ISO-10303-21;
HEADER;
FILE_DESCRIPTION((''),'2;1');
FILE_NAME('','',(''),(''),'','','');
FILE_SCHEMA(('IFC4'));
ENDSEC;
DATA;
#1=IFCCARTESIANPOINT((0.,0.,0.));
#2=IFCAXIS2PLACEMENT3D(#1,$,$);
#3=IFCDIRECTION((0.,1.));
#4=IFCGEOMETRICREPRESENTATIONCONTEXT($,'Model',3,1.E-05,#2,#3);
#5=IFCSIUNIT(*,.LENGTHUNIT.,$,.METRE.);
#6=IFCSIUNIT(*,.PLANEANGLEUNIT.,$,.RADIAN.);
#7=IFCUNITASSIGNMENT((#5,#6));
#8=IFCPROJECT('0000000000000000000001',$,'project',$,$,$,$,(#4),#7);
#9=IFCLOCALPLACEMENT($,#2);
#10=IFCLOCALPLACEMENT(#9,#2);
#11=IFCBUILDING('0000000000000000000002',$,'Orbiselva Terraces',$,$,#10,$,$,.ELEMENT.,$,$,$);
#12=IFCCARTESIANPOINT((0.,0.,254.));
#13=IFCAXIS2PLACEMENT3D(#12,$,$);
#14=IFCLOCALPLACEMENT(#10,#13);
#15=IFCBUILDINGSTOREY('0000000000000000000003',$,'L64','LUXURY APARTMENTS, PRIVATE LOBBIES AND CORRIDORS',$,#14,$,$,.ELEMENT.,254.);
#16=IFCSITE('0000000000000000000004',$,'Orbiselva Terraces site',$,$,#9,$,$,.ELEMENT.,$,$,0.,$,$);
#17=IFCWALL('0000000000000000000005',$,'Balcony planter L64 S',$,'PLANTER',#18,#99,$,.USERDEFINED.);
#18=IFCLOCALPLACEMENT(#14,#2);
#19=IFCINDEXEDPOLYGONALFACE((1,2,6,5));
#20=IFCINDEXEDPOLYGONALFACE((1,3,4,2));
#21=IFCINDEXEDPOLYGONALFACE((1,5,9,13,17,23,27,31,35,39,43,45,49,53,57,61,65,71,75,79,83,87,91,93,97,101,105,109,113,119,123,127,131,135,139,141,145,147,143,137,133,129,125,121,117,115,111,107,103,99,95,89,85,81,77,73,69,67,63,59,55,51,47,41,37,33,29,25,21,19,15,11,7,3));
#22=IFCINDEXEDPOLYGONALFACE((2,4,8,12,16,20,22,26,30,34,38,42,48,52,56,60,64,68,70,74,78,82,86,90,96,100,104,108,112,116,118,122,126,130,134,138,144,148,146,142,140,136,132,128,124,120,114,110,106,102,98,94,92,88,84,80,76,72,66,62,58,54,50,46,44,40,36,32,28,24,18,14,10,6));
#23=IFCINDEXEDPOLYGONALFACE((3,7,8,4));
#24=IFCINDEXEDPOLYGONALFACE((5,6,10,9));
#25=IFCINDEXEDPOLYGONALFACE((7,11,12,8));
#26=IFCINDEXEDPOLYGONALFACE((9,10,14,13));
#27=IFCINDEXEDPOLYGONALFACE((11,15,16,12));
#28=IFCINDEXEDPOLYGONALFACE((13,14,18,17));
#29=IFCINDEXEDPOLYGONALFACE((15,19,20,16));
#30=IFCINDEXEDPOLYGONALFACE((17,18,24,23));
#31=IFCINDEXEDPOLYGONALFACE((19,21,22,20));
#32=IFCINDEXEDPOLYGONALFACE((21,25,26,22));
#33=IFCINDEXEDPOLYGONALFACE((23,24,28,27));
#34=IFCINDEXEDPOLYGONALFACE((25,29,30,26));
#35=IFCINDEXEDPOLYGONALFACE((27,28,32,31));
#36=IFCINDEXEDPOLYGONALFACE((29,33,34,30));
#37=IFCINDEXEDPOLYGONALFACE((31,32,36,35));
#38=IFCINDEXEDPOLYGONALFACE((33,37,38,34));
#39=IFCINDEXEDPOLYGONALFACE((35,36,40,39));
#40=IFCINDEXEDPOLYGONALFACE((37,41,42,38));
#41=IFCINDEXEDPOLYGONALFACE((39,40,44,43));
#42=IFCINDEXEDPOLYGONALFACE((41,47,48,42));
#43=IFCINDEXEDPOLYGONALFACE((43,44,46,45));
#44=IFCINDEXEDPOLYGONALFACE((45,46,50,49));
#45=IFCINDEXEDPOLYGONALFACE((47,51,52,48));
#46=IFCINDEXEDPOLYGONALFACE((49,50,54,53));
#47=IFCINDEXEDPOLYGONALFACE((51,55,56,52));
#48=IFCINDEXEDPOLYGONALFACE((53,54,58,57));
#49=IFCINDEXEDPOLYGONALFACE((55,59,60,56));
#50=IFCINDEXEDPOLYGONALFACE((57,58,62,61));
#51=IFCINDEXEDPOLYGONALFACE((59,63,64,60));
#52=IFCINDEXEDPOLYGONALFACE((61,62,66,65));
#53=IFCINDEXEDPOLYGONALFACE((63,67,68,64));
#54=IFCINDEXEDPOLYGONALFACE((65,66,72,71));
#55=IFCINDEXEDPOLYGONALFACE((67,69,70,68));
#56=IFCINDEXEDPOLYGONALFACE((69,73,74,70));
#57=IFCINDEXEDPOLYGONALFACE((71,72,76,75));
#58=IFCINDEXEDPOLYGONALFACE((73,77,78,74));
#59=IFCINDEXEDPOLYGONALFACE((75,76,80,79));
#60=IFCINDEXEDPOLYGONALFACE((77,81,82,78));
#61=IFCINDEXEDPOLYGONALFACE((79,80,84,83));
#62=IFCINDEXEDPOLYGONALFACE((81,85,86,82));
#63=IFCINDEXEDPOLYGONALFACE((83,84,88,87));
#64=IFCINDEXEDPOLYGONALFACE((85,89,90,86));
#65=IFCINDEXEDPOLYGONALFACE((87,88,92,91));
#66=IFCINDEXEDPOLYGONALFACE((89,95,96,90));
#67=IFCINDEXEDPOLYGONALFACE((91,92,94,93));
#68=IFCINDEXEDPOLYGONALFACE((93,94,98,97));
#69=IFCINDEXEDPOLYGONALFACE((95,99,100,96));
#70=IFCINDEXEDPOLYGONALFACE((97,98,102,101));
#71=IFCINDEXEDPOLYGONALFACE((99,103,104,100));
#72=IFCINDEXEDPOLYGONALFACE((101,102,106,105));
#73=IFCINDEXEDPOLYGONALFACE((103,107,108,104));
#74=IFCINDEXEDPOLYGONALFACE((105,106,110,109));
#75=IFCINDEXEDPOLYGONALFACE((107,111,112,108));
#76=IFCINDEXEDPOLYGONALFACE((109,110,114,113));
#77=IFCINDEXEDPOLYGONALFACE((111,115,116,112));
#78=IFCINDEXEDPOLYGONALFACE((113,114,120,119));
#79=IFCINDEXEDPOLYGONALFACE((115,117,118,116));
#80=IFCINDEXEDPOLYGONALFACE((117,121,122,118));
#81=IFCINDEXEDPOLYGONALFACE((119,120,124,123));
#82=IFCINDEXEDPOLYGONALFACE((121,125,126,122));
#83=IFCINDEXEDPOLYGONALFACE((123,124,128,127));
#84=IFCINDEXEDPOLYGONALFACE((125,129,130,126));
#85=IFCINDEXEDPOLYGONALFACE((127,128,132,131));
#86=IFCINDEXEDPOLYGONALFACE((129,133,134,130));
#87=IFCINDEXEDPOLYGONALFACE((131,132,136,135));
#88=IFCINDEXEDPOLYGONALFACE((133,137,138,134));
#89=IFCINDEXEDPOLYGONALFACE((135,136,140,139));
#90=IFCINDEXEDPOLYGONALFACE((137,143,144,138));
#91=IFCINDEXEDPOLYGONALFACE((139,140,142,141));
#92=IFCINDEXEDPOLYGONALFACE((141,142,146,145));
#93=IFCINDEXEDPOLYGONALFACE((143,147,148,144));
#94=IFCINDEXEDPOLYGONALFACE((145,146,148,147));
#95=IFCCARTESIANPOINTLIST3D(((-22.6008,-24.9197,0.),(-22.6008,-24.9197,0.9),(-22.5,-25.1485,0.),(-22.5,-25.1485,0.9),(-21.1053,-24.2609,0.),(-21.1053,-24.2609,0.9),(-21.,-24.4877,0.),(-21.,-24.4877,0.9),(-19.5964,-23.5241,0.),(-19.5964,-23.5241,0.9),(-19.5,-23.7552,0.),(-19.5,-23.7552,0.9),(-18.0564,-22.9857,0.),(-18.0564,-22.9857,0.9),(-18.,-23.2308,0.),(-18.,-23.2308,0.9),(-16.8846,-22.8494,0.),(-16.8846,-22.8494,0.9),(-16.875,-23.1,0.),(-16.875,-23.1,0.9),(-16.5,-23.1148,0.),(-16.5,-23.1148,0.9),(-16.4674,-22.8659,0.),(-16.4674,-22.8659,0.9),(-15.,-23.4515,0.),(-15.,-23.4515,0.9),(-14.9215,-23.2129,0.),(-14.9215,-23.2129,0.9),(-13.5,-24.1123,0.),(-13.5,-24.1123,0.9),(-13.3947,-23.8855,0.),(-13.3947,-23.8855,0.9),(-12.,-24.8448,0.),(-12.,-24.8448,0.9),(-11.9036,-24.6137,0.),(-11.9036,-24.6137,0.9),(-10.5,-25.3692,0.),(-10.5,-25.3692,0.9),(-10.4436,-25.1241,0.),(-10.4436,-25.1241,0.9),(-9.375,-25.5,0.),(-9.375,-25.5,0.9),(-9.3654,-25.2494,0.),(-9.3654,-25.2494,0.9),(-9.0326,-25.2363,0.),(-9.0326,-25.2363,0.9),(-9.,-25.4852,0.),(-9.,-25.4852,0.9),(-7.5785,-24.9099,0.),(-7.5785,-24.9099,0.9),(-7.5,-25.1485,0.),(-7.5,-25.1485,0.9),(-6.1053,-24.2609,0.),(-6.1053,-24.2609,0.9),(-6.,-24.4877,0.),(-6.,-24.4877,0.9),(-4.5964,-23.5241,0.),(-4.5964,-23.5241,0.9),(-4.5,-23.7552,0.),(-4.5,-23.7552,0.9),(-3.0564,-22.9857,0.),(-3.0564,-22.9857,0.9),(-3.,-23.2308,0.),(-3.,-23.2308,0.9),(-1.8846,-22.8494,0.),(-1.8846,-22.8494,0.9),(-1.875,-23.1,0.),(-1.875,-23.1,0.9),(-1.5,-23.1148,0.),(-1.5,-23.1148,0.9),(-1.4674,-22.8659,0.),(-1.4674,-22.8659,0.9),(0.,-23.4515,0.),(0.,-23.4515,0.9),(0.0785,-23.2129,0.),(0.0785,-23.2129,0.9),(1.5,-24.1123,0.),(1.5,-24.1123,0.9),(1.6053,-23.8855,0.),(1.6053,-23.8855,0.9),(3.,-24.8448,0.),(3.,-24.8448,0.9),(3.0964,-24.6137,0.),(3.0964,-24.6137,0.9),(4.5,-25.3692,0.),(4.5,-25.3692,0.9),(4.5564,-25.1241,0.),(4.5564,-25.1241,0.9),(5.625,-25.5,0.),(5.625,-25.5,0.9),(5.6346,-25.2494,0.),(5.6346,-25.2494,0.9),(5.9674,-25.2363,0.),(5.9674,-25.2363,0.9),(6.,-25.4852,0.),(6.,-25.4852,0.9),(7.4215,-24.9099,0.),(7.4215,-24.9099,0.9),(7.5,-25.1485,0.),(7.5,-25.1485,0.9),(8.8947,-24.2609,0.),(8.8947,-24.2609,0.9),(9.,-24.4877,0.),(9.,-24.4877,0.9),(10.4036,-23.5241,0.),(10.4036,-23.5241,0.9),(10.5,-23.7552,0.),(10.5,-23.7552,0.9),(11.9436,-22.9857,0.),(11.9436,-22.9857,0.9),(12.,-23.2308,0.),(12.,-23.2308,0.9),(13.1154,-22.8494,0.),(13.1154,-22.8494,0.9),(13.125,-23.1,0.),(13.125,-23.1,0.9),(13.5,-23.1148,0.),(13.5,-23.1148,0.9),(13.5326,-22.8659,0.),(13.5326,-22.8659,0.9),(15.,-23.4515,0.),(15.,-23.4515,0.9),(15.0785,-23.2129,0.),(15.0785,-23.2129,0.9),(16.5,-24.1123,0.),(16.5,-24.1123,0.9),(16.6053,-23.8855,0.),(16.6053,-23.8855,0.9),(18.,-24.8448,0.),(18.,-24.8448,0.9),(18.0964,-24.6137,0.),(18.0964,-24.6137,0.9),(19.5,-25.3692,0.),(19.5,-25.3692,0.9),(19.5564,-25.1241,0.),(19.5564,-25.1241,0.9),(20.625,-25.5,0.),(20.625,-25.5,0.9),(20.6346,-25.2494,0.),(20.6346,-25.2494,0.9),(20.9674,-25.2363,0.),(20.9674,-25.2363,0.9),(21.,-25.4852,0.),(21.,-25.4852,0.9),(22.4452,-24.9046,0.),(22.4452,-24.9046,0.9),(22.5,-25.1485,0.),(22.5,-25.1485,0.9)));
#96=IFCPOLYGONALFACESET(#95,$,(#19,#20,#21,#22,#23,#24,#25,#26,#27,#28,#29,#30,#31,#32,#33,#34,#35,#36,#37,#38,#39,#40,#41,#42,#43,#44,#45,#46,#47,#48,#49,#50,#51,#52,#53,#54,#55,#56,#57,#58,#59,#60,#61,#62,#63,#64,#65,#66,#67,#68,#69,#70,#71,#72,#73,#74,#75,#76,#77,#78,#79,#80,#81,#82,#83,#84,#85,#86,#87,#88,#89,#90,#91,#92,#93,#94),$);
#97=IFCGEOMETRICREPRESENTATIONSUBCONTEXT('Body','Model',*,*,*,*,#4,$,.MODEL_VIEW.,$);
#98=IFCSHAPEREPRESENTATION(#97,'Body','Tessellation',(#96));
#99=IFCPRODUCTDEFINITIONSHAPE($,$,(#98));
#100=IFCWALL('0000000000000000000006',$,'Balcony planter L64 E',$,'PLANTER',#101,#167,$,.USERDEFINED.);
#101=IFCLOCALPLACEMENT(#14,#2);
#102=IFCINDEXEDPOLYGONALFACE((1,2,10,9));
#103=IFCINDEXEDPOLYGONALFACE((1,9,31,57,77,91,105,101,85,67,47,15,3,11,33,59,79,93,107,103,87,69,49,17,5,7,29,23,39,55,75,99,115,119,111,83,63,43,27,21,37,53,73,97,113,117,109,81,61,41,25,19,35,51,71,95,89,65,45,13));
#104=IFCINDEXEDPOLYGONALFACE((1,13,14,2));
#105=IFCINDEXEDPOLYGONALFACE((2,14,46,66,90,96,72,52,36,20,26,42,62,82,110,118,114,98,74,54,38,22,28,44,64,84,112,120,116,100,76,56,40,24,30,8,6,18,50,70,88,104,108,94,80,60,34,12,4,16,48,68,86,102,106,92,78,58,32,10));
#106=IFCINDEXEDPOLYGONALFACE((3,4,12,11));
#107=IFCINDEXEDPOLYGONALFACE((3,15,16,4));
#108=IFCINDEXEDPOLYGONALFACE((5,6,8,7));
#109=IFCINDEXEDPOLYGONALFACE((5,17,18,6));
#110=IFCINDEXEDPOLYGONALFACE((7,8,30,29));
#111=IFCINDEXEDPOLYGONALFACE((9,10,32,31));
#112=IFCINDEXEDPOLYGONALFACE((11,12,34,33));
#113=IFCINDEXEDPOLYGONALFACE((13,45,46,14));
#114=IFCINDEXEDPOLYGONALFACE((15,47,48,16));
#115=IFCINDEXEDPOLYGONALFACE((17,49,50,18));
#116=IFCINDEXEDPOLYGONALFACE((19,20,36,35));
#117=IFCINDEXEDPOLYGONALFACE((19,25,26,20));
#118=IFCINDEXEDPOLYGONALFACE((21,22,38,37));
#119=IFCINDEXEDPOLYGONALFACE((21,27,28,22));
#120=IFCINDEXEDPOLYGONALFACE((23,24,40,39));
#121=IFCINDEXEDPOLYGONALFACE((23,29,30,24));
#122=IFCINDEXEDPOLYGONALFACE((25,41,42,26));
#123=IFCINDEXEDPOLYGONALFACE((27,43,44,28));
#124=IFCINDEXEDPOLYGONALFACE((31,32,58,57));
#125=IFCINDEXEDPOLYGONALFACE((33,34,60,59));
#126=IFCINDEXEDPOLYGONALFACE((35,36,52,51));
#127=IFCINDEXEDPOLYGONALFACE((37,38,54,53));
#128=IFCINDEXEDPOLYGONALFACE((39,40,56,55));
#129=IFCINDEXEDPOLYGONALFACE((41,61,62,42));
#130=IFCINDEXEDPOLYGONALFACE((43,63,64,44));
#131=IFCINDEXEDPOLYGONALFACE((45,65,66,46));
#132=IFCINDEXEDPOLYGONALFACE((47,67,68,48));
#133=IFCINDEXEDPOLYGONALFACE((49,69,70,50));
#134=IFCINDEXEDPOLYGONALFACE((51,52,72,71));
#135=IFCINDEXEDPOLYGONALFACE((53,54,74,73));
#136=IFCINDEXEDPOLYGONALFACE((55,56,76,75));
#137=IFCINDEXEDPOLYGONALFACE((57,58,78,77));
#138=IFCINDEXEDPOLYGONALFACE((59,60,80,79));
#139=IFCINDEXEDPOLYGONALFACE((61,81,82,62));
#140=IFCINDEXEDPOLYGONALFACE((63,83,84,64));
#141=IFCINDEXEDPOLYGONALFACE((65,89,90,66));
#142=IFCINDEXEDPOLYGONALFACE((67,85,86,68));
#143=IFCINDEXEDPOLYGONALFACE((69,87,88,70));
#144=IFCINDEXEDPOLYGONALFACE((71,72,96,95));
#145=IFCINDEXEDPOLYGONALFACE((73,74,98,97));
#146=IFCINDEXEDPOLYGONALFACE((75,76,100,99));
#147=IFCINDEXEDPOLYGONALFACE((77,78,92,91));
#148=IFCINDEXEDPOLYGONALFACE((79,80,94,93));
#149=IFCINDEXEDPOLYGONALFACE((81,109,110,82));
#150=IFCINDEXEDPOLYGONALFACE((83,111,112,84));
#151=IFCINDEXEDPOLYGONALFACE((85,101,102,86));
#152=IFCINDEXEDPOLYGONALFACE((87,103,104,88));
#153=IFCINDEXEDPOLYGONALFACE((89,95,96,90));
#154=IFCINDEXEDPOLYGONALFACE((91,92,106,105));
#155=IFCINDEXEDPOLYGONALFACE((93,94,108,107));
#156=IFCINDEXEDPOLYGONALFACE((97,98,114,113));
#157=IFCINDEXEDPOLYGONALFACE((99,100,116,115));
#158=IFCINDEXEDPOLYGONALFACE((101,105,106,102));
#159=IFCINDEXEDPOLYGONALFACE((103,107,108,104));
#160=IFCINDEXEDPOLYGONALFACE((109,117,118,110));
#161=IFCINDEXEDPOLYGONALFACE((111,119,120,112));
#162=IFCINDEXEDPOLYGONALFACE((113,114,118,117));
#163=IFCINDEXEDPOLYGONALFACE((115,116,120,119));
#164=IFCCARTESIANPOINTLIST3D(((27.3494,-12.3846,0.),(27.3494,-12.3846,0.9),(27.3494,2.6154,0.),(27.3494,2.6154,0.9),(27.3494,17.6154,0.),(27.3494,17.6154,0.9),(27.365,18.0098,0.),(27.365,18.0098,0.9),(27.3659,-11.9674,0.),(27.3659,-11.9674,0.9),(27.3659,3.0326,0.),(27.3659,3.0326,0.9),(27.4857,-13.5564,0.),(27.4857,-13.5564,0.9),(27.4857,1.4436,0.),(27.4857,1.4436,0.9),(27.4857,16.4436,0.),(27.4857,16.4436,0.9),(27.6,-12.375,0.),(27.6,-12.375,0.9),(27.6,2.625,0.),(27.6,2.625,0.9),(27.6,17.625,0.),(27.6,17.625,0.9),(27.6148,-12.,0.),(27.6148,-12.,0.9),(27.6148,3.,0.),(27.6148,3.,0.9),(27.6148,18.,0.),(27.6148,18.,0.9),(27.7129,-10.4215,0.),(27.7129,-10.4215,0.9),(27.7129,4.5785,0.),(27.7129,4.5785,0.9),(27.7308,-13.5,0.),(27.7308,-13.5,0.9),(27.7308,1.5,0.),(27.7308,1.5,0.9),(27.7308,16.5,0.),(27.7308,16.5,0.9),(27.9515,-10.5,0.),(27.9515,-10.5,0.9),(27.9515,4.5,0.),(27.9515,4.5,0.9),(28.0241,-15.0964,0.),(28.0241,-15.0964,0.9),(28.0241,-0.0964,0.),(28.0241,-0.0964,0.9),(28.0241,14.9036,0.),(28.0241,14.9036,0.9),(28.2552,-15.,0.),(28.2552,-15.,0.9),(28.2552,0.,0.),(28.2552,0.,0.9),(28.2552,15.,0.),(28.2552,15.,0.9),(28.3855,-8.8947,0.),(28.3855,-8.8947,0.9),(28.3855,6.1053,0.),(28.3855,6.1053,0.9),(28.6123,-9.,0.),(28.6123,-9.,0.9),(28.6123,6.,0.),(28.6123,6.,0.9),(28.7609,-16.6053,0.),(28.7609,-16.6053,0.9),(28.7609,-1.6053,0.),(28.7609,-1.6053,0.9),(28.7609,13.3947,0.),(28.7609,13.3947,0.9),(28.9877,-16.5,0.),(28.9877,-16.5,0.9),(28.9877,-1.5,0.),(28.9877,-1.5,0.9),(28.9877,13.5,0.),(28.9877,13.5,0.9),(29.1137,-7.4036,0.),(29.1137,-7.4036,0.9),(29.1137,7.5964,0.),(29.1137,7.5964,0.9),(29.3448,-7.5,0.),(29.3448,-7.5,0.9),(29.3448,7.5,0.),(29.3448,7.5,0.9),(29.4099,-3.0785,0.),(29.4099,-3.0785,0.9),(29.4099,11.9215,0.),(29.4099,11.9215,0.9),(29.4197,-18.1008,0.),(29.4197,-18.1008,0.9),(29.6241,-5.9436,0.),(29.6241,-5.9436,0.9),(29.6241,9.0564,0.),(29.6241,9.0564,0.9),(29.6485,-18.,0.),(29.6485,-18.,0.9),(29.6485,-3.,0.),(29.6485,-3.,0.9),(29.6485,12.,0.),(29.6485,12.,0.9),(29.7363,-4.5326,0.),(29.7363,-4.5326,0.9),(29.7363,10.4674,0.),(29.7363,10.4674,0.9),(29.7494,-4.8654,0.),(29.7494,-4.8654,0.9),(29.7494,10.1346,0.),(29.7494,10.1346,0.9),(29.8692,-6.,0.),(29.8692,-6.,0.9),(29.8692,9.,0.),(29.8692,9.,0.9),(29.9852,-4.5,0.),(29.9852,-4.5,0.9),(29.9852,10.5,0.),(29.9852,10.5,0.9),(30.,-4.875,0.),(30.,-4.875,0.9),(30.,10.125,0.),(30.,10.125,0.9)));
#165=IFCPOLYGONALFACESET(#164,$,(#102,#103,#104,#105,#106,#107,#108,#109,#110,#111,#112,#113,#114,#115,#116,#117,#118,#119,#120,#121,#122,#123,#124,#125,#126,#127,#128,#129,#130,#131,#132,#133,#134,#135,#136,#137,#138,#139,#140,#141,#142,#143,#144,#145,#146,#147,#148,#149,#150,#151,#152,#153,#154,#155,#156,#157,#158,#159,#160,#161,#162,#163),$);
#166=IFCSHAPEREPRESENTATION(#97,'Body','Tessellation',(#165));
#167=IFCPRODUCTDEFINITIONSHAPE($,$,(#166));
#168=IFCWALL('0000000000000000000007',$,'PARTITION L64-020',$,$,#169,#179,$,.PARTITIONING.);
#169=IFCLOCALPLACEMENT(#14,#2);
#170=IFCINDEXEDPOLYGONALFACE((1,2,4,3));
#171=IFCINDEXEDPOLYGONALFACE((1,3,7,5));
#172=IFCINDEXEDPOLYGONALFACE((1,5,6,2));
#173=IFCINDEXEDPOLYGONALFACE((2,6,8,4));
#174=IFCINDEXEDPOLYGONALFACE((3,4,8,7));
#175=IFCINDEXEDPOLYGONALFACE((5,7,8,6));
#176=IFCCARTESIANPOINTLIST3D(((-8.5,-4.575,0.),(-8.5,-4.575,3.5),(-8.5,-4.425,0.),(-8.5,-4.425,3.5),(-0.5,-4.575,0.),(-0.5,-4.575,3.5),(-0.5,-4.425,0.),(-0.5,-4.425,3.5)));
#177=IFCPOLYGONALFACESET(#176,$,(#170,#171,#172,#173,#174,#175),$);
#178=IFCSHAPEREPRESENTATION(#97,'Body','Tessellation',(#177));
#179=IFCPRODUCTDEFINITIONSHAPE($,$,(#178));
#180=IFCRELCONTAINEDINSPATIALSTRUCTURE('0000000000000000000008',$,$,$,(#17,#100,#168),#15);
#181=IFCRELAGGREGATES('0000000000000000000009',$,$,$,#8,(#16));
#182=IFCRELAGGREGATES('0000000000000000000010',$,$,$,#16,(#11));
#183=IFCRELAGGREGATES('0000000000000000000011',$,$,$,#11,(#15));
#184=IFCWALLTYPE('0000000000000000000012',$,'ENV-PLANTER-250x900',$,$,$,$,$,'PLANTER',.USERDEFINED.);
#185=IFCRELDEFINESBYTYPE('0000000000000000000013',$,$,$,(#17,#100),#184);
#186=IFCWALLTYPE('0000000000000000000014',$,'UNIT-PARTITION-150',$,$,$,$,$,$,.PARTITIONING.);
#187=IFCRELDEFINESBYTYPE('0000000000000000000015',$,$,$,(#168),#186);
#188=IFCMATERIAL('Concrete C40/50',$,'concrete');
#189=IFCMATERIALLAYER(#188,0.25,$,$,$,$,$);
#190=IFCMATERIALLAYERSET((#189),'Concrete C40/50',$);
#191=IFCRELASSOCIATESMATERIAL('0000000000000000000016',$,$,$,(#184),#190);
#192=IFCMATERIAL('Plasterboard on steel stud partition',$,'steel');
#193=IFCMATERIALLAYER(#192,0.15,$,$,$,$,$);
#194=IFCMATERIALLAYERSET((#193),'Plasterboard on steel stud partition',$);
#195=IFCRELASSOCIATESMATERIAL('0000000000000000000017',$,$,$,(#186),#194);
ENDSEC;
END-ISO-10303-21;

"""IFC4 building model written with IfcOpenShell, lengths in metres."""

from ifc_helpers import new_model, si_unit, direction, frame, frame_2d, origin, place, context, subcontext, project, spatial, polyline, rectangle, outline, extrude, material, layer, layer_set, type_object, element, save


model = new_model("IFC4")

# Units and contexts
model_context = context("Model", 3, precision=1e-05, world=origin(), true_north=direction((0.0, 1.0)))
body_context = subcontext(model_context, "Body", "Model", "MODEL_VIEW")
ifc_project = project(units=[si_unit("LENGTHUNIT", "METRE"), si_unit("PLANEANGLEUNIT", "RADIAN")], contexts=[model_context])

# Site, building, storey
site_placement = place(None, origin())
site = spatial("IfcSite", under=ifc_project, at=site_placement, Name="Orbiselva Terraces site", CompositionType="ELEMENT", RefElevation=0.0)
building_placement = place(site_placement, origin())
building = spatial("IfcBuilding", under=site, at=building_placement, Name="Orbiselva Terraces", CompositionType="ELEMENT")
storey_placement = place(building_placement, frame((0.0, 0.0, 254.0)))
storey = spatial("IfcBuildingStorey", under=building, at=storey_placement, Name="L64", Description="LUXURY APARTMENTS, PRIVATE LOBBIES AND CORRIDORS", CompositionType="ELEMENT", Elevation=254.0)

# Walls
ifc_material_1 = material(Name="Concrete C40/50", Category="concrete")
ifc_layer_1 = layer(ifc_material_1, 0.25)
ifc_layer_set_1 = layer_set([ifc_layer_1], Name="Concrete C40/50")
wall_type_1 = type_object("IfcWallType", Name="ENV-PLANTER-250x900", ElementType="PLANTER", PredefinedType="USERDEFINED", material=ifc_layer_set_1)
wall_1_placement = place(storey_placement, origin())
element("IfcWall", 1, at=wall_1_placement, inside=storey, type_object=wall_type_1, Name="Balcony planter L64 S", ObjectType="PLANTER", PredefinedType="USERDEFINED", context=body_context, shape_type="SweptSolid", body=[
    extrude(outline(polyline([(-22.5, -25.1485), (-21.0, -24.4877), (-19.5, -23.7552), (-18.0, -23.2308), (-16.875, -23.1), (-16.5, -23.1148), (-15.0, -23.4515), (-13.5, -24.1123), (-12.0, -24.8448), (-10.5, -25.3692), (-9.375, -25.5), (-9.0, -25.4852), (-7.5, -25.1485), (-6.0, -24.4877), (-4.5, -23.7552), (-3.0, -23.2308), (-1.875, -23.1), (-1.5, -23.1148), (0.0, -23.4515), (1.5, -24.1123), (3.0, -24.8448), (4.5, -25.3692), (5.625, -25.5), (6.0, -25.4852), (7.5, -25.1485), (9.0, -24.4877), (10.5, -23.7552), (12.0, -23.2308), (13.125, -23.1), (13.5, -23.1148), (15.0, -23.4515), (16.5, -24.1123), (18.0, -24.8448), (19.5, -25.3692), (20.625, -25.5), (21.0, -25.4852), (22.5, -25.1485), (22.4452, -24.9046), (20.9674, -25.2363), (20.6346, -25.2494), (19.5564, -25.1241), (18.0964, -24.6137), (16.6053, -23.8855), (15.0785, -23.2129), (13.5326, -22.8659), (13.1154, -22.8494), (11.9436, -22.9857), (10.4036, -23.5241), (8.8947, -24.2609), (7.4215, -24.9099), (5.9674, -25.2363), (5.6346, -25.2494), (4.5564, -25.1241), (3.0964, -24.6137), (1.6053, -23.8855), (0.0785, -23.2129), (-1.4674, -22.8659), (-1.8846, -22.8494), (-3.0564, -22.9857), (-4.5964, -23.5241), (-6.1053, -24.2609), (-7.5785, -24.9099), (-9.0326, -25.2363), (-9.3654, -25.2494), (-10.4436, -25.1241), (-11.9036, -24.6137), (-13.3947, -23.8855), (-14.9215, -23.2129), (-16.4674, -22.8659), (-16.8846, -22.8494), (-18.0564, -22.9857), (-19.5964, -23.5241), (-21.1053, -24.2609), (-22.6008, -24.9197), (-22.5, -25.1485)])), origin(), (0.0, 0.0, 1.0), 0.9),
])
wall_2_placement = place(storey_placement, origin())
element("IfcWall", 2, at=wall_2_placement, inside=storey, type_object=wall_type_1, Name="Balcony planter L64 E", ObjectType="PLANTER", PredefinedType="USERDEFINED", context=body_context, shape_type="SweptSolid", body=[
    extrude(outline(polyline([(29.6485, -18.0), (28.9877, -16.5), (28.2552, -15.0), (27.7308, -13.5), (27.6, -12.375), (27.6148, -12.0), (27.9515, -10.5), (28.6123, -9.0), (29.3448, -7.5), (29.8692, -6.0), (30.0, -4.875), (29.9852, -4.5), (29.6485, -3.0), (28.9877, -1.5), (28.2552, 0.0), (27.7308, 1.5), (27.6, 2.625), (27.6148, 3.0), (27.9515, 4.5), (28.6123, 6.0), (29.3448, 7.5), (29.8692, 9.0), (30.0, 10.125), (29.9852, 10.5), (29.6485, 12.0), (28.9877, 13.5), (28.2552, 15.0), (27.7308, 16.5), (27.6, 17.625), (27.6148, 18.0), (27.365, 18.0098), (27.3494, 17.6154), (27.4857, 16.4436), (28.0241, 14.9036), (28.7609, 13.3947), (29.4099, 11.9215), (29.7363, 10.4674), (29.7494, 10.1346), (29.6241, 9.0564), (29.1137, 7.5964), (28.3855, 6.1053), (27.7129, 4.5785), (27.3659, 3.0326), (27.3494, 2.6154), (27.4857, 1.4436), (28.0241, -0.0964), (28.7609, -1.6053), (29.4099, -3.0785), (29.7363, -4.5326), (29.7494, -4.8654), (29.6241, -5.9436), (29.1137, -7.4036), (28.3855, -8.8947), (27.7129, -10.4215), (27.3659, -11.9674), (27.3494, -12.3846), (27.4857, -13.5564), (28.0241, -15.0964), (28.7609, -16.6053), (29.4197, -18.1008), (29.6485, -18.0)])), origin(), (0.0, 0.0, 1.0), 0.9),
])
ifc_material_2 = material(Name="Plasterboard on steel stud partition", Category="steel")
ifc_layer_2 = layer(ifc_material_2, 0.15)
ifc_layer_set_2 = layer_set([ifc_layer_2], Name="Plasterboard on steel stud partition")
wall_type_2 = type_object("IfcWallType", Name="UNIT-PARTITION-150", PredefinedType="PARTITIONING", material=ifc_layer_set_2)
wall_3_placement = place(storey_placement, frame((-8.5, -4.5, 0.0), z_axis=(0.0, 0.0, 1.0), x_axis=(1.0, 0.0, 0.0)))
element("IfcWall", 3, at=wall_3_placement, inside=storey, type_object=wall_type_2, Name="PARTITION L64-020", PredefinedType="PARTITIONING", context=body_context, shape_type="SweptSolid", body=[
    extrude(rectangle(XDim=8.0, YDim=0.15, at=frame_2d((4.0, 0.0))), origin(), (0.0, 0.0, 1.0), 3.5),
])

save(model, "model.ifc")
